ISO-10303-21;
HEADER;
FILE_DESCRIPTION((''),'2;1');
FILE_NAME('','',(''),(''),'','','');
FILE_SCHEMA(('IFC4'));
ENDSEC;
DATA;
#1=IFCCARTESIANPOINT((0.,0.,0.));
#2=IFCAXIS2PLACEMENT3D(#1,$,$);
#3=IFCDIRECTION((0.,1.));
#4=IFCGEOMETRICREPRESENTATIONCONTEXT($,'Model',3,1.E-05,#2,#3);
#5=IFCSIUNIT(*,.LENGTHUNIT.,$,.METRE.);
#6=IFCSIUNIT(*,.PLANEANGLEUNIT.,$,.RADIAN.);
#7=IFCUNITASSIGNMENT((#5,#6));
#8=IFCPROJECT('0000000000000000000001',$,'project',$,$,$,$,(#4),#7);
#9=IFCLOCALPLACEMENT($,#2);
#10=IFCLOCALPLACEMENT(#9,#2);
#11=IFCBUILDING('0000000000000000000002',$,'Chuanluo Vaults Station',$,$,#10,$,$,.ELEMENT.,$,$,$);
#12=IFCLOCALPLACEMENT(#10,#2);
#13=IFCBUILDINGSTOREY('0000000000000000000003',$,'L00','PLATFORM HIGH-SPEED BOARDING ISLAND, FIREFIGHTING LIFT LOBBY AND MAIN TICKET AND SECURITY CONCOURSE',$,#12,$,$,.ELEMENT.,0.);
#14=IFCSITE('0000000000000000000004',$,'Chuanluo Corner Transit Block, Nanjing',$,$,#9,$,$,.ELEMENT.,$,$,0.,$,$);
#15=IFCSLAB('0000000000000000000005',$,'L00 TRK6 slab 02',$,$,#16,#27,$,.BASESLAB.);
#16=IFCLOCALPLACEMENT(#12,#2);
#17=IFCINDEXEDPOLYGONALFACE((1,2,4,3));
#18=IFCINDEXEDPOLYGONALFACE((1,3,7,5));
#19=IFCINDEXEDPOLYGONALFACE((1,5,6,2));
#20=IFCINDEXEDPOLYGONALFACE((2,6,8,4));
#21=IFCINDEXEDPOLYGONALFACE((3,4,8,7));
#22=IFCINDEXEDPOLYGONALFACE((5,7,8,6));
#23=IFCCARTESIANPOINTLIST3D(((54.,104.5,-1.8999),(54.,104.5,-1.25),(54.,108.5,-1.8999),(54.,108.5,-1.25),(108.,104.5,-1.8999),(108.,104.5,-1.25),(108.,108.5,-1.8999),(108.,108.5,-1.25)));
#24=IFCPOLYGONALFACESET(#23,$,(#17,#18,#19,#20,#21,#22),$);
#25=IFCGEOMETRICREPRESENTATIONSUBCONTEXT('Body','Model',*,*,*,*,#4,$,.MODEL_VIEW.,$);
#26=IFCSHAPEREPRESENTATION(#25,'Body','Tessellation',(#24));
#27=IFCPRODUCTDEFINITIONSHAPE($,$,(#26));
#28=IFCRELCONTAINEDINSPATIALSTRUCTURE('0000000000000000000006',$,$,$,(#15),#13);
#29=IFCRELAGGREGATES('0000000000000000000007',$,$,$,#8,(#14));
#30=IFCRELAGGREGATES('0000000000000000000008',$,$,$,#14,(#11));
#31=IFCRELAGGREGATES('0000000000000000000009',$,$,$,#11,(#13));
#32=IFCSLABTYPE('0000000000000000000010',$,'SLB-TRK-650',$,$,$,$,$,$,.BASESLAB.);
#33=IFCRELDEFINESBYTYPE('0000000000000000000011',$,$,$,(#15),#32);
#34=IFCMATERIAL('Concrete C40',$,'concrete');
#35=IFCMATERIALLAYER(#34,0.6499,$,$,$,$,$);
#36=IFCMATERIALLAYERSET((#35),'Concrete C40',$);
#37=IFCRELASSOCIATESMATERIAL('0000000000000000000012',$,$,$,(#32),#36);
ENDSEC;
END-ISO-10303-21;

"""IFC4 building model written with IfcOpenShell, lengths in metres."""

from ifc_helpers import new_model, si_unit, direction, frame, origin, place, context, subcontext, project, spatial, polyline, outline, extrude, material, layer, layer_set, type_object, element, save


model = new_model("IFC4")

# Units and contexts
model_context = context("Model", 3, precision=1e-05, world=origin(), true_north=direction((0.0, 1.0)))
body_context = subcontext(model_context, "Body", "Model", "MODEL_VIEW")
ifc_project = project(units=[si_unit("LENGTHUNIT", "METRE"), si_unit("PLANEANGLEUNIT", "RADIAN")], contexts=[model_context])

# Site, building, storey
site_placement = place(None, origin())
site = spatial("IfcSite", under=ifc_project, at=site_placement, Name="Chuanluo Corner Transit Block, Nanjing", CompositionType="ELEMENT", RefElevation=0.0)
building_placement = place(site_placement, origin())
building = spatial("IfcBuilding", under=site, at=building_placement, Name="Chuanluo Vaults Station", CompositionType="ELEMENT")
storey_placement = place(building_placement, origin())
storey = spatial("IfcBuildingStorey", under=building, at=storey_placement, Name="L00", Description="PLATFORM HIGH-SPEED BOARDING ISLAND, FIREFIGHTING LIFT LOBBY AND MAIN TICKET AND SECURITY CONCOURSE", CompositionType="ELEMENT", Elevation=0.0)

# Slab
ifc_material_1 = material(Name="Concrete C40", Category="concrete")
ifc_layer_1 = layer(ifc_material_1, 0.6499)
ifc_layer_set_1 = layer_set([ifc_layer_1], Name="Concrete C40")
slab_type_1 = type_object("IfcSlabType", Name="SLB-TRK-650", PredefinedType="BASESLAB", material=ifc_layer_set_1)
slab_1_placement = place(storey_placement, frame((0.0, 0.0, -1.8999)))
element("IfcSlab", 1, at=slab_1_placement, inside=storey, type_object=slab_type_1, Name="L00 TRK6 slab 02", PredefinedType="BASESLAB", context=body_context, shape_type="SweptSolid", body=[
    extrude(outline(polyline([(54.0, 104.5), (108.0, 104.5), (108.0, 108.5), (54.0, 108.5), (54.0, 104.5)])), origin(), (0.0, 0.0, 1.0), 0.6499),
])

save(model, "model.ifc")
